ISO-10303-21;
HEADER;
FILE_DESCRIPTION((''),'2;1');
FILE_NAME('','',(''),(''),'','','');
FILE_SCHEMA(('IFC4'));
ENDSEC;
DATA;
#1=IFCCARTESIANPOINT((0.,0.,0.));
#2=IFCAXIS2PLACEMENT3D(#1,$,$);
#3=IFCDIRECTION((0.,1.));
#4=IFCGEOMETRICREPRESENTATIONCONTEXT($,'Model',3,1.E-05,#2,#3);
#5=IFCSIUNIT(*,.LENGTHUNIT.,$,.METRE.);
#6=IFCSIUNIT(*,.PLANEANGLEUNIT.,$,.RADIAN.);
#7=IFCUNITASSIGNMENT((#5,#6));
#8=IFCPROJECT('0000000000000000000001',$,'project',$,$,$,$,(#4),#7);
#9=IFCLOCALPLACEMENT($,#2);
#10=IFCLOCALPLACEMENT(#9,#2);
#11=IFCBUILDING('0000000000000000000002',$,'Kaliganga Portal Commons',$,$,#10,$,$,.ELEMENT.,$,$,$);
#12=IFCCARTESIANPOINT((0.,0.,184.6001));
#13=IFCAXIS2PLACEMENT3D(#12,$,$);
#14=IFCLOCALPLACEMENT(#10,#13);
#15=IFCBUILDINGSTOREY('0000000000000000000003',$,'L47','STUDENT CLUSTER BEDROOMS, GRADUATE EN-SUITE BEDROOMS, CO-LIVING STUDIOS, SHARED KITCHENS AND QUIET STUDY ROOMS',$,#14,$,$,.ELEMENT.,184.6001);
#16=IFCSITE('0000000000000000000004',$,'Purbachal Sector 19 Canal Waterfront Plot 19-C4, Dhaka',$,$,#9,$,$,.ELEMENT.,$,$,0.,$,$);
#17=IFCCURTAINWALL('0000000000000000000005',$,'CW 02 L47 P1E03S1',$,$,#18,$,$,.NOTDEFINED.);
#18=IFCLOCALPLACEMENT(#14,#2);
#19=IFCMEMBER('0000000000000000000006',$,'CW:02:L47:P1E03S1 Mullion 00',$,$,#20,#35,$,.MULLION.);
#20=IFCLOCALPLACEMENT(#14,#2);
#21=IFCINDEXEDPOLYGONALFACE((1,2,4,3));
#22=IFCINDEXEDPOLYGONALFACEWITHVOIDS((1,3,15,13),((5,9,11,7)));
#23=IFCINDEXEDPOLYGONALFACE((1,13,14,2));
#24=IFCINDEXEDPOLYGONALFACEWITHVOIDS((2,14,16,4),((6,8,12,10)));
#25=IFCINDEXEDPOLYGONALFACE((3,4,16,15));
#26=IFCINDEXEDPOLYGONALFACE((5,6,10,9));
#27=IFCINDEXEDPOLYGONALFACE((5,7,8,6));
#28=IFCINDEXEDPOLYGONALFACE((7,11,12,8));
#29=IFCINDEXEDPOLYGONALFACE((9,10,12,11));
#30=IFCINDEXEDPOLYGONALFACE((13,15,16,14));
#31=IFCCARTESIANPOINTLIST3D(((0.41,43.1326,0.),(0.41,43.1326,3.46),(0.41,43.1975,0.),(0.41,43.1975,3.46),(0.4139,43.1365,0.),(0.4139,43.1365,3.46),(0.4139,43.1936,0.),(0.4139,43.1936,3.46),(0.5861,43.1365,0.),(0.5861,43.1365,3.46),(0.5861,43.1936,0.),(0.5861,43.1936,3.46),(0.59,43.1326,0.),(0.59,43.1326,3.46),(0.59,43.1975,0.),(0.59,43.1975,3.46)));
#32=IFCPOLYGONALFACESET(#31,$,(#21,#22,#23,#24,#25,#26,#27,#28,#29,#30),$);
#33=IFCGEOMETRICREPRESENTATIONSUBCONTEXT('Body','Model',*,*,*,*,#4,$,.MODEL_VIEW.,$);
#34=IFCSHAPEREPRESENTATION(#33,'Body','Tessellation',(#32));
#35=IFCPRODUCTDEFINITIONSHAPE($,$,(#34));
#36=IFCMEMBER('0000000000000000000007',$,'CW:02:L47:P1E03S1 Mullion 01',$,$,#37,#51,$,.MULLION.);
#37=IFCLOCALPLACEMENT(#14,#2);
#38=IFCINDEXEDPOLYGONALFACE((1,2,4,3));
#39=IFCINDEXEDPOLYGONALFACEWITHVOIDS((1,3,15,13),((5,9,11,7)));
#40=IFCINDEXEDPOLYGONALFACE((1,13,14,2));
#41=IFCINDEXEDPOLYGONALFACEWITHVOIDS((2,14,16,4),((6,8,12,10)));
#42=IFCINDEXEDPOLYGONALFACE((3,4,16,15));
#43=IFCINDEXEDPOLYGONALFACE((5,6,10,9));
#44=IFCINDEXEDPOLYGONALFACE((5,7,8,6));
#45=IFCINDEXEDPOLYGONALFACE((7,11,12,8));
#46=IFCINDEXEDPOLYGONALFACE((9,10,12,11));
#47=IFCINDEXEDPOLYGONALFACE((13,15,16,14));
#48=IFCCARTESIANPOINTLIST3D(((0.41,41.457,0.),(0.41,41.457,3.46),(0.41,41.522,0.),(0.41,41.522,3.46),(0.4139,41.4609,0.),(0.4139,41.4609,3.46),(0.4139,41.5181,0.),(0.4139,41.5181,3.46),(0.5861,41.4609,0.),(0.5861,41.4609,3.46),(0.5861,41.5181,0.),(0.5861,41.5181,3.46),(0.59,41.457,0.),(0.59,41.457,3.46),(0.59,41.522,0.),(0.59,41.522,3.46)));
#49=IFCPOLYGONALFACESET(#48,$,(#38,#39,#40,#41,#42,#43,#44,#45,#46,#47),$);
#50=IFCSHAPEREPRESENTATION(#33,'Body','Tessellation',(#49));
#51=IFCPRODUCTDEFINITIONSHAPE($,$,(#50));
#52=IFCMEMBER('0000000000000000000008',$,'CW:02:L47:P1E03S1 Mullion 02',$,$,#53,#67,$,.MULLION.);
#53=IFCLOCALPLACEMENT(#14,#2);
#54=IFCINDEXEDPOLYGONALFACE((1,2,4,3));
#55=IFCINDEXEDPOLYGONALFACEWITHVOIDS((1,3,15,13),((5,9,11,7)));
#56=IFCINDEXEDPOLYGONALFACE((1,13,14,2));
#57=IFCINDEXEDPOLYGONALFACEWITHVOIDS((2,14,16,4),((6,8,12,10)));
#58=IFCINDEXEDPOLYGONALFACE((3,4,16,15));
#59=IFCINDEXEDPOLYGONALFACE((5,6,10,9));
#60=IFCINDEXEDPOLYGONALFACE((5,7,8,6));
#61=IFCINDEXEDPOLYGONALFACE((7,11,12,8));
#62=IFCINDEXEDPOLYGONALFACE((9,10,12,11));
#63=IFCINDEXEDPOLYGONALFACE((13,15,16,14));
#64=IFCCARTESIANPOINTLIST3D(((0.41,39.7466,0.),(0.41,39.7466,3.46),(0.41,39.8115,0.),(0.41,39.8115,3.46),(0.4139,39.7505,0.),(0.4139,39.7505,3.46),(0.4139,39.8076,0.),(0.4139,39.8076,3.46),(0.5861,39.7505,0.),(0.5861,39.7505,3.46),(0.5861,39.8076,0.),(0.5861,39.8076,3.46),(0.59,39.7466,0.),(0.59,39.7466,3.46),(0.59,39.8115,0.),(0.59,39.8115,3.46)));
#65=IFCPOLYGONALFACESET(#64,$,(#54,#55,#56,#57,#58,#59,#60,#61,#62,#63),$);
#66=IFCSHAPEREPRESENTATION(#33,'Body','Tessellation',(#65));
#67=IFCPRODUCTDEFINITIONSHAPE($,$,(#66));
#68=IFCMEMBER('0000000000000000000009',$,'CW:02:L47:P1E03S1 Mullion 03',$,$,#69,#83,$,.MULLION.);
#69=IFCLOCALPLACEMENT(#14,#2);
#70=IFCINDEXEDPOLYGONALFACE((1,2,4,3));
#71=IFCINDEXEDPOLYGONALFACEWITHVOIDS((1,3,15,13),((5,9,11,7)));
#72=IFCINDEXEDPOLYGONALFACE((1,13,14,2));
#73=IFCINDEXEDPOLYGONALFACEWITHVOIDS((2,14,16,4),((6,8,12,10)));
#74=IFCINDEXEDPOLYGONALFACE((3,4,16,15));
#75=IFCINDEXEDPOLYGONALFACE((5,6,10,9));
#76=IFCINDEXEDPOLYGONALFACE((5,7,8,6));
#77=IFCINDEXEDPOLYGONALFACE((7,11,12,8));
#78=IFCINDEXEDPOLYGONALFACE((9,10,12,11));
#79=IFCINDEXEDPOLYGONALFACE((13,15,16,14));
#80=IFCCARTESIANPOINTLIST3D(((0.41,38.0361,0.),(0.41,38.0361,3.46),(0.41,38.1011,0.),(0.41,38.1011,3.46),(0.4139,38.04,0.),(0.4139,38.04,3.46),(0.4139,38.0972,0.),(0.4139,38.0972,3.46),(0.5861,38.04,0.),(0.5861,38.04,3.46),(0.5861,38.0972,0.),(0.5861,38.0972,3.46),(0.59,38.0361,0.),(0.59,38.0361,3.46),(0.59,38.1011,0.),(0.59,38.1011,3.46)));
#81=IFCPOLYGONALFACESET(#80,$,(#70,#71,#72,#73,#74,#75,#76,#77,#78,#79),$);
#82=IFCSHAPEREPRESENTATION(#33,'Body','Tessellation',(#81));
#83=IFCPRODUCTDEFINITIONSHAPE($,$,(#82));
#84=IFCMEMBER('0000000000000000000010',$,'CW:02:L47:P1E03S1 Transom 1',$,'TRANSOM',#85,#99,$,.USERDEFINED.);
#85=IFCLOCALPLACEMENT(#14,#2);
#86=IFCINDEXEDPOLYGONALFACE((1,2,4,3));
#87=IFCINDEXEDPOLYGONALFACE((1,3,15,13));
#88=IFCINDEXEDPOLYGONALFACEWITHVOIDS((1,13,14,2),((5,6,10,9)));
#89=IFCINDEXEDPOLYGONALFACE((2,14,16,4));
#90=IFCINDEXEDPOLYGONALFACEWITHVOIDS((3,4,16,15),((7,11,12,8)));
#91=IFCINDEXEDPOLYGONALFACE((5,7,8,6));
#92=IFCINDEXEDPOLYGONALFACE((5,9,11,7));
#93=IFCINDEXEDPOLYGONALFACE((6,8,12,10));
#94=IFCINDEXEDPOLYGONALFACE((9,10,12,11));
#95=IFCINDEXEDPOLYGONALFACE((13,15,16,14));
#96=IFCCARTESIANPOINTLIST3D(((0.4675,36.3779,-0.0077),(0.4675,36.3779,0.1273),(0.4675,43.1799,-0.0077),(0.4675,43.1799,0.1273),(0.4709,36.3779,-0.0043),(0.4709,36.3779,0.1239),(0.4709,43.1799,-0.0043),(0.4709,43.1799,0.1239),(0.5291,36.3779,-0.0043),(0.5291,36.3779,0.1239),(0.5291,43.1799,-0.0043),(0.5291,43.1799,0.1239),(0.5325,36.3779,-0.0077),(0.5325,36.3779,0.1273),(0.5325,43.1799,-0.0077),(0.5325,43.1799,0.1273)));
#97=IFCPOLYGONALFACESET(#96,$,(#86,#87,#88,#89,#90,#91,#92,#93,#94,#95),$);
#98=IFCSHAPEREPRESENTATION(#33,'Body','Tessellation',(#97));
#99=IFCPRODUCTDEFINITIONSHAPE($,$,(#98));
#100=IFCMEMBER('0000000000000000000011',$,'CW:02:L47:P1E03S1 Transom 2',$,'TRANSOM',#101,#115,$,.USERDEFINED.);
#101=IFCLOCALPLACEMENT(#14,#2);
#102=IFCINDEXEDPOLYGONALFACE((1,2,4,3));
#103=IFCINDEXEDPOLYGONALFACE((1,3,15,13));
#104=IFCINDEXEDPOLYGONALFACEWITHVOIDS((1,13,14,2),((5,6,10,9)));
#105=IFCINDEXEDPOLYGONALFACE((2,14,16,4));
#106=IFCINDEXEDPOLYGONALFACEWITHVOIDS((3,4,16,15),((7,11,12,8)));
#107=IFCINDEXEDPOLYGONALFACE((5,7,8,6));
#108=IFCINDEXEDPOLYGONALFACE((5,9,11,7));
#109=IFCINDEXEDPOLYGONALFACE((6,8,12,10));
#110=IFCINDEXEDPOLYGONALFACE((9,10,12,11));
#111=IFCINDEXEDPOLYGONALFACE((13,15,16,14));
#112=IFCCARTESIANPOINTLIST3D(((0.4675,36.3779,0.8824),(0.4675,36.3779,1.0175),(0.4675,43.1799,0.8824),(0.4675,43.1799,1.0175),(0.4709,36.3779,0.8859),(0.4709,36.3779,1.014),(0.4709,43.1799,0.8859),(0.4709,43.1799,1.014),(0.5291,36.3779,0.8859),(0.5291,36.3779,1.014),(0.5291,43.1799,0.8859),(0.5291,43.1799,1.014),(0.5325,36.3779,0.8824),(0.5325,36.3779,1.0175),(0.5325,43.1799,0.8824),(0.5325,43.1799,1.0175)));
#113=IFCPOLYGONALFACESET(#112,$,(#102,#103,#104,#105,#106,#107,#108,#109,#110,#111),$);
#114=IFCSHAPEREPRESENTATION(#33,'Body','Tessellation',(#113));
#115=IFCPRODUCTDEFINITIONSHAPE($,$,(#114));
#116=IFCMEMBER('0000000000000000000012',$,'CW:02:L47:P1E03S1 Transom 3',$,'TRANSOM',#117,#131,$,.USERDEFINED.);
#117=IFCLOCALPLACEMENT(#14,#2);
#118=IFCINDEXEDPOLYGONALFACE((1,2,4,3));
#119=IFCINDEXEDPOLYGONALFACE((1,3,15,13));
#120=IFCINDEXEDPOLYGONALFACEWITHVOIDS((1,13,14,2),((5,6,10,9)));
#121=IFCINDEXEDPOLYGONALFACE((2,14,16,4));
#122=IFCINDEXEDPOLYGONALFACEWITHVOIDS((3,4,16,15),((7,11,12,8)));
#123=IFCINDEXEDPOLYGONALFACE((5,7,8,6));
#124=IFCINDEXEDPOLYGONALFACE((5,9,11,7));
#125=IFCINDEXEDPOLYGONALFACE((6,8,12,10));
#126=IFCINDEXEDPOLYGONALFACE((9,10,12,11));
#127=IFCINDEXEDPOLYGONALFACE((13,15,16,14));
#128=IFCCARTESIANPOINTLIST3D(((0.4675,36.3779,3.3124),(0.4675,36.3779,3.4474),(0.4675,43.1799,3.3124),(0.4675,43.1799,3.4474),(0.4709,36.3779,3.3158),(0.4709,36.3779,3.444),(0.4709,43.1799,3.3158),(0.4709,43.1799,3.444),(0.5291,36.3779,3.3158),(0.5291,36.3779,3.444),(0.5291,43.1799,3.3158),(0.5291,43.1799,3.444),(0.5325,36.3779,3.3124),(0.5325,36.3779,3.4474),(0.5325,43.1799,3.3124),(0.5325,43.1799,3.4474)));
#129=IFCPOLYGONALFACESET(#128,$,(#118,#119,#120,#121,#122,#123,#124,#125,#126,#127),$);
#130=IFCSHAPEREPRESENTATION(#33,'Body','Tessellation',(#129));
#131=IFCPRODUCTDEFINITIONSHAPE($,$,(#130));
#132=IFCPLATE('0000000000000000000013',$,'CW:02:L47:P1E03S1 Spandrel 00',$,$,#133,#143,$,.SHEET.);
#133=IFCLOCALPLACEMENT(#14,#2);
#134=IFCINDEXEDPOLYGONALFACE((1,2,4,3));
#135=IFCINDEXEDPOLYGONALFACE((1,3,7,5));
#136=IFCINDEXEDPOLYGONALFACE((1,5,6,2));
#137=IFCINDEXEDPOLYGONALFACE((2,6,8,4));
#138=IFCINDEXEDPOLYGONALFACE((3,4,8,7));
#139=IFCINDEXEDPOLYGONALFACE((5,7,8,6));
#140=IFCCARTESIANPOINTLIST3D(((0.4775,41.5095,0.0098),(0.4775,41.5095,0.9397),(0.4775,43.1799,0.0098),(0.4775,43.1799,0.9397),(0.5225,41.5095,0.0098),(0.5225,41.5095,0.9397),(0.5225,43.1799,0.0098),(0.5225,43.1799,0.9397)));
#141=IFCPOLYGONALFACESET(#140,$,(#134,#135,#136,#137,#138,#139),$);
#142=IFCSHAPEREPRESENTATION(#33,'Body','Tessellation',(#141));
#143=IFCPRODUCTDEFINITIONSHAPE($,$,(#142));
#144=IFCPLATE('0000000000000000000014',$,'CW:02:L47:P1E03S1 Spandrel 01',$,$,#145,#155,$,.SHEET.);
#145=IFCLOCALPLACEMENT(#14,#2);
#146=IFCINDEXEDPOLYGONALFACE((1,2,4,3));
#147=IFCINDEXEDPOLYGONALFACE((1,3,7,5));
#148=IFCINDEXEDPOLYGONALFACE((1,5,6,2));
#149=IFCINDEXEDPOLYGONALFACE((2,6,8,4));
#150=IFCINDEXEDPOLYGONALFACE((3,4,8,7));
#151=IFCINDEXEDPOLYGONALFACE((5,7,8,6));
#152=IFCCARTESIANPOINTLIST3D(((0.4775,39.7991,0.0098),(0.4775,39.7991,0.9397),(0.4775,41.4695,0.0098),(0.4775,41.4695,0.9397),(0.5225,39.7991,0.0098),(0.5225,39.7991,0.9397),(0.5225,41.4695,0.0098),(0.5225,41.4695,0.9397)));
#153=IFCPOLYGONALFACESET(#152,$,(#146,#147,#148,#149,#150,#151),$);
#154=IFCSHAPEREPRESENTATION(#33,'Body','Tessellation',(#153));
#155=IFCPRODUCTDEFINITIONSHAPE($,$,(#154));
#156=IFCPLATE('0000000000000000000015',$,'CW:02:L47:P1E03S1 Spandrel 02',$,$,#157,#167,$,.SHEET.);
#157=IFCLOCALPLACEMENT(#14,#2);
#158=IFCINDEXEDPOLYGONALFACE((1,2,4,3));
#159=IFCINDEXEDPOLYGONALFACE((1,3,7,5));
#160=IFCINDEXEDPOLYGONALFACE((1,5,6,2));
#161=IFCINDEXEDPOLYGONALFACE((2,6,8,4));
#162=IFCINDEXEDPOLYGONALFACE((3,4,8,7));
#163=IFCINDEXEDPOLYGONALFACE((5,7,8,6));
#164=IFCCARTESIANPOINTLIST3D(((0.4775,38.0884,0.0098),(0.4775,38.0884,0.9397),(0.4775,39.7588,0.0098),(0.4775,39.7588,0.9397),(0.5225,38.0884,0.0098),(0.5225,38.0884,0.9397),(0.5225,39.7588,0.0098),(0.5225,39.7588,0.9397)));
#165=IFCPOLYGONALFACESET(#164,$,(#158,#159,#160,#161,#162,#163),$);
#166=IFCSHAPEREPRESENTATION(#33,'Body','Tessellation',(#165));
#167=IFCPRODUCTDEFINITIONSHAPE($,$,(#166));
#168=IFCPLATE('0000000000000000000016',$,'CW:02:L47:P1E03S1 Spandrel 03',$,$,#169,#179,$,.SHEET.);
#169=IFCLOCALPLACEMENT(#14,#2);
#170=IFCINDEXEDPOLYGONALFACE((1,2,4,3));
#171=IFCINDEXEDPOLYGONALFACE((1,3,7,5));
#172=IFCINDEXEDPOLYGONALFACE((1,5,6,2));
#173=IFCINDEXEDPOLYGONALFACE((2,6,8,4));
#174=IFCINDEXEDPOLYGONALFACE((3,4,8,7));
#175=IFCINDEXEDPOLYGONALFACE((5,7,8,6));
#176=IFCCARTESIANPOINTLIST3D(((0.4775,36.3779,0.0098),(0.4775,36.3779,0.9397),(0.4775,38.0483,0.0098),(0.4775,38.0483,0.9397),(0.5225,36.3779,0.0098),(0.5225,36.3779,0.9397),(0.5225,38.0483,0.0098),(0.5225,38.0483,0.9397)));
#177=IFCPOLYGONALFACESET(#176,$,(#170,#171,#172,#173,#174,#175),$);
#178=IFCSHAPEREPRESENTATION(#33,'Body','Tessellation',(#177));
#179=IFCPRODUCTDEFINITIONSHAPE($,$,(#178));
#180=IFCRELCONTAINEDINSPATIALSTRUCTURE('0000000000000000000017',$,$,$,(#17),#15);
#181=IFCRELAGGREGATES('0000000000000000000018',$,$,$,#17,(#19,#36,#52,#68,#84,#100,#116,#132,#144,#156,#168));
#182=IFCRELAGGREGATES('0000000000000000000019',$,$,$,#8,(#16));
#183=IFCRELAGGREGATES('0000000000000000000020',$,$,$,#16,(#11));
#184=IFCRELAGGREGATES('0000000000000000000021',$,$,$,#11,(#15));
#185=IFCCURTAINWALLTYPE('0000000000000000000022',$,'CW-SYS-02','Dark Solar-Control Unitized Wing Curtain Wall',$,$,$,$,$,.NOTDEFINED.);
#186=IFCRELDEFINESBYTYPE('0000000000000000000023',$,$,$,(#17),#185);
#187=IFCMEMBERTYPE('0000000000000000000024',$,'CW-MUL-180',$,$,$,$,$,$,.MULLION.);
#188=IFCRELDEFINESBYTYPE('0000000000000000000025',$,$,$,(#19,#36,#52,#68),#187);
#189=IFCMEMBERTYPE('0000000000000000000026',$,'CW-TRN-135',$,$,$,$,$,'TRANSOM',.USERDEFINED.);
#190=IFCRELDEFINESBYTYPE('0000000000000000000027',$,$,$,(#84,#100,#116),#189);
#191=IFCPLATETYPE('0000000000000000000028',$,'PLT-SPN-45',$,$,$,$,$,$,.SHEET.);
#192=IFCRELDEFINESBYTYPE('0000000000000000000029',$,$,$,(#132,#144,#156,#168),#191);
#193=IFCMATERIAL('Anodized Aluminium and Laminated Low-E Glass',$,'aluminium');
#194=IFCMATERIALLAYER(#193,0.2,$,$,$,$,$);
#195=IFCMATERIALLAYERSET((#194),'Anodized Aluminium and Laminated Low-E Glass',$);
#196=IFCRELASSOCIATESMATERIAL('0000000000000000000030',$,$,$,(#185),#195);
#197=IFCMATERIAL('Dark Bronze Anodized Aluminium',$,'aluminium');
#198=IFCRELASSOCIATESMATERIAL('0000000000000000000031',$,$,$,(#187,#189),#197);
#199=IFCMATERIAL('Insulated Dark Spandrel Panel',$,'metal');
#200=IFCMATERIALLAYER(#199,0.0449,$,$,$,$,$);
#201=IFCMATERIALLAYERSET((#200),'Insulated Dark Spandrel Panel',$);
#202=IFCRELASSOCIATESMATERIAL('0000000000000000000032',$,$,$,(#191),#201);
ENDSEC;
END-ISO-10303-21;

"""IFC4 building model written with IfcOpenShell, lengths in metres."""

from ifc_helpers import new_model, si_unit, direction, frame, origin, origin_2d, place, context, subcontext, project, spatial, rectangle, hollow_rectangle, extrude, source, transform, mapped, material, layer, layer_set, material_profile, profile_set, type_object, element, aggregate, save


model = new_model("IFC4")

# Units and contexts
model_context = context("Model", 3, precision=1e-05, world=origin(), true_north=direction((0.0, 1.0)))
body_context = subcontext(model_context, "Body", "Model", "MODEL_VIEW")
ifc_project = project(units=[si_unit("LENGTHUNIT", "METRE"), si_unit("PLANEANGLEUNIT", "RADIAN")], contexts=[model_context])

# Site, building, storey
site_placement = place(None, origin())
site = spatial("IfcSite", under=ifc_project, at=site_placement, Name="Purbachal Sector 19 Canal Waterfront Plot 19-C4, Dhaka", CompositionType="ELEMENT", RefElevation=0.0)
building_placement = place(site_placement, origin())
building = spatial("IfcBuilding", under=site, at=building_placement, Name="Kaliganga Portal Commons", CompositionType="ELEMENT")
storey_placement = place(building_placement, frame((0.0, 0.0, 184.6001)))
storey = spatial("IfcBuildingStorey", under=building, at=storey_placement, Name="L47", Description="STUDENT CLUSTER BEDROOMS, GRADUATE EN-SUITE BEDROOMS, CO-LIVING STUDIOS, SHARED KITCHENS AND QUIET STUDY ROOMS", CompositionType="ELEMENT", Elevation=184.6001)

# Curtain wall, members, plates
ifc_material_1 = material(Name="Anodized Aluminium and Laminated Low-E Glass", Category="aluminium")
ifc_layer_1 = layer(ifc_material_1, 0.2)
ifc_layer_set_1 = layer_set([ifc_layer_1], Name="Anodized Aluminium and Laminated Low-E Glass")
curtain_wall_type = type_object("IfcCurtainWallType", Name="CW-SYS-02", Description="Dark Solar-Control Unitized Wing Curtain Wall", PredefinedType="NOTDEFINED", material=ifc_layer_set_1)
curtain_wall_placement = place(storey_placement, origin())
curtain_wall = element("IfcCurtainWall", 1, at=curtain_wall_placement, inside=storey, type_object=curtain_wall_type, Name="CW 02 L47 P1E03S1", PredefinedType="NOTDEFINED")
ifc_material_2 = material(Name="Dark Bronze Anodized Aluminium", Category="aluminium")
ifc_material_profile_1 = material_profile(ifc_material_2, hollow_rectangle(XDim=0.0649, YDim=0.1799, WallThickness=0.0039, at=origin_2d()), Name="ALU MULL 65x180x4")
ifc_profile_set_1 = profile_set([ifc_material_profile_1], Name="Dark Bronze Anodized Aluminium")
member_type_1 = type_object("IfcMemberType", Name="CW-MUL-180", PredefinedType="MULLION", material=ifc_profile_set_1)
shared_shape_1 = source(origin(), body_context, "Body", "SweptSolid", [
    extrude(hollow_rectangle(XDim=0.0649, YDim=0.1799, WallThickness=0.0039, at=origin_2d()), origin(), (0.0, 0.0, 1.0), 3.46),
])
member_1_placement = place(storey_placement, frame((0.5, 43.165, 0.0), z_axis=(0.0, 0.0, 1.0), x_axis=(0.0, -1.0, 0.0)))
member_1 = element("IfcMember", 2, at=member_1_placement, type_object=member_type_1, Name="CW:02:L47:P1E03S1 Mullion 00", PredefinedType="MULLION", context=body_context, shape_type="MappedRepresentation", body=[
    mapped(shared_shape_1, transform((0.0, 0.0, 0.0), x_axis=(1.0, 0.0, 0.0), y_axis=(0.0, 1.0, 0.0), z_axis=(0.0, 0.0, 1.0), scale=1.0)),
])
member_2_placement = place(storey_placement, frame((0.5, 41.4895, 0.0), z_axis=(0.0, 0.0, 1.0), x_axis=(0.0, -1.0, 0.0)))
member_2 = element("IfcMember", 3, at=member_2_placement, type_object=member_type_1, Name="CW:02:L47:P1E03S1 Mullion 01", PredefinedType="MULLION", context=body_context, shape_type="MappedRepresentation", body=[
    mapped(shared_shape_1, transform((0.0, 0.0, 0.0), x_axis=(1.0, 0.0, 0.0), y_axis=(0.0, 1.0, 0.0), z_axis=(0.0, 0.0, 1.0), scale=1.0)),
])
member_3_placement = place(storey_placement, frame((0.5, 39.7791, 0.0), z_axis=(0.0, 0.0, 1.0), x_axis=(0.0, -1.0, 0.0)))
member_3 = element("IfcMember", 4, at=member_3_placement, type_object=member_type_1, Name="CW:02:L47:P1E03S1 Mullion 02", PredefinedType="MULLION", context=body_context, shape_type="MappedRepresentation", body=[
    mapped(shared_shape_1, transform((0.0, 0.0, 0.0), x_axis=(1.0, 0.0, 0.0), y_axis=(0.0, 1.0, 0.0), z_axis=(0.0, 0.0, 1.0), scale=1.0)),
])
member_4_placement = place(storey_placement, frame((0.5, 38.0686, 0.0), z_axis=(0.0, 0.0, 1.0), x_axis=(0.0, -1.0, 0.0)))
member_4 = element("IfcMember", 5, at=member_4_placement, type_object=member_type_1, Name="CW:02:L47:P1E03S1 Mullion 03", PredefinedType="MULLION", context=body_context, shape_type="MappedRepresentation", body=[
    mapped(shared_shape_1, transform((0.0, 0.0, 0.0), x_axis=(1.0, 0.0, 0.0), y_axis=(0.0, 1.0, 0.0), z_axis=(0.0, 0.0, 1.0), scale=1.0)),
])
ifc_material_profile_2 = material_profile(ifc_material_2, hollow_rectangle(XDim=0.0649, YDim=0.135, WallThickness=0.0034, at=origin_2d()), Name="ALU TRAN 65x135x3.5")
ifc_profile_set_2 = profile_set([ifc_material_profile_2], Name="Dark Bronze Anodized Aluminium")
member_type_2 = type_object("IfcMemberType", Name="CW-TRN-135", ElementType="TRANSOM", PredefinedType="USERDEFINED", material=ifc_profile_set_2)
shared_shape_2 = source(origin(), body_context, "Body", "SweptSolid", [
    extrude(hollow_rectangle(XDim=0.0649, YDim=0.135, WallThickness=0.0034, at=origin_2d()), origin(), (0.0, 0.0, 1.0), 6.802),
])
member_5_placement = place(storey_placement, frame((0.5, 43.1799, 0.0598), z_axis=(0.0, -1.0, 0.0), x_axis=(1.0, 0.0, 0.0)))
member_5 = element("IfcMember", 6, at=member_5_placement, type_object=member_type_2, Name="CW:02:L47:P1E03S1 Transom 1", ObjectType="TRANSOM", PredefinedType="USERDEFINED", context=body_context, shape_type="MappedRepresentation", body=[
    mapped(shared_shape_2, transform((0.0, 0.0, 0.0), x_axis=(1.0, 0.0, 0.0), y_axis=(0.0, 1.0, 0.0), z_axis=(0.0, 0.0, 1.0), scale=1.0)),
])
member_6_placement = place(storey_placement, frame((0.5, 43.1799, 0.95), z_axis=(0.0, -1.0, 0.0), x_axis=(1.0, 0.0, 0.0)))
member_6 = element("IfcMember", 7, at=member_6_placement, type_object=member_type_2, Name="CW:02:L47:P1E03S1 Transom 2", ObjectType="TRANSOM", PredefinedType="USERDEFINED", context=body_context, shape_type="MappedRepresentation", body=[
    mapped(shared_shape_2, transform((0.0, 0.0, 0.0), x_axis=(1.0, 0.0, 0.0), y_axis=(0.0, 1.0, 0.0), z_axis=(0.0, 0.0, 1.0), scale=1.0)),
])
member_7_placement = place(storey_placement, frame((0.5, 43.1799, 3.3799), z_axis=(0.0, -1.0, 0.0), x_axis=(1.0, 0.0, 0.0)))
member_7 = element("IfcMember", 8, at=member_7_placement, type_object=member_type_2, Name="CW:02:L47:P1E03S1 Transom 3", ObjectType="TRANSOM", PredefinedType="USERDEFINED", context=body_context, shape_type="MappedRepresentation", body=[
    mapped(shared_shape_2, transform((0.0, 0.0, 0.0), x_axis=(1.0, 0.0, 0.0), y_axis=(0.0, 1.0, 0.0), z_axis=(0.0, 0.0, 1.0), scale=1.0)),
])
ifc_material_3 = material(Name="Insulated Dark Spandrel Panel", Category="metal")
ifc_layer_2 = layer(ifc_material_3, 0.0449)
ifc_layer_set_2 = layer_set([ifc_layer_2], Name="Insulated Dark Spandrel Panel")
plate_type_1 = type_object("IfcPlateType", Name="PLT-SPN-45", PredefinedType="SHEET", material=ifc_layer_set_2)
shared_shape_3 = source(origin(), body_context, "Body", "SweptSolid", [
    extrude(rectangle(XDim=1.6704, YDim=0.0449, at=origin_2d()), origin(), (0.0, 0.0, 1.0), 0.9299),
])
plate_1_placement = place(storey_placement, frame((0.5, 42.3447, 0.0098), z_axis=(0.0, 0.0, 1.0), x_axis=(0.0, -1.0, 0.0)))
plate_1 = element("IfcPlate", 9, at=plate_1_placement, type_object=plate_type_1, Name="CW:02:L47:P1E03S1 Spandrel 00", PredefinedType="SHEET", context=body_context, shape_type="MappedRepresentation", body=[
    mapped(shared_shape_3, transform((0.0, 0.0, 0.0), x_axis=(1.0, 0.0, 0.0), y_axis=(0.0, 1.0, 0.0), z_axis=(0.0, 0.0, 1.0), scale=1.0)),
])
plate_2_placement = place(storey_placement, frame((0.5, 40.6343, 0.0098), z_axis=(0.0, 0.0, 1.0), x_axis=(0.0, -1.0, 0.0)))
plate_2 = element("IfcPlate", 10, at=plate_2_placement, type_object=plate_type_1, Name="CW:02:L47:P1E03S1 Spandrel 01", PredefinedType="SHEET", context=body_context, shape_type="MappedRepresentation", body=[
    mapped(shared_shape_3, transform((0.0, 0.0, 0.0), x_axis=(1.0, 0.0, 0.0), y_axis=(0.0, 1.0, 0.0), z_axis=(0.0, 0.0, 1.0), scale=1.0)),
])
plate_3_placement = place(storey_placement, frame((0.5, 38.9236, 0.0098), z_axis=(0.0, 0.0, 1.0), x_axis=(0.0, -1.0, 0.0)))
plate_3 = element("IfcPlate", 11, at=plate_3_placement, type_object=plate_type_1, Name="CW:02:L47:P1E03S1 Spandrel 02", PredefinedType="SHEET", context=body_context, shape_type="MappedRepresentation", body=[
    mapped(shared_shape_3, transform((0.0, 0.0, 0.0), x_axis=(1.0, 0.0, 0.0), y_axis=(0.0, 1.0, 0.0), z_axis=(0.0, 0.0, 1.0), scale=1.0)),
])
plate_4_placement = place(storey_placement, frame((0.5, 37.2131, 0.0098), z_axis=(0.0, 0.0, 1.0), x_axis=(0.0, -1.0, 0.0)))
plate_4 = element("IfcPlate", 12, at=plate_4_placement, type_object=plate_type_1, Name="CW:02:L47:P1E03S1 Spandrel 03", PredefinedType="SHEET", context=body_context, shape_type="MappedRepresentation", body=[
    mapped(shared_shape_3, transform((0.0, 0.0, 0.0), x_axis=(1.0, 0.0, 0.0), y_axis=(0.0, 1.0, 0.0), z_axis=(0.0, 0.0, 1.0), scale=1.0)),
])
aggregate(curtain_wall, [member_1, member_2, member_3, member_4, member_5, member_6, member_7, plate_1, plate_2, plate_3, plate_4])

save(model, "model.ifc")
